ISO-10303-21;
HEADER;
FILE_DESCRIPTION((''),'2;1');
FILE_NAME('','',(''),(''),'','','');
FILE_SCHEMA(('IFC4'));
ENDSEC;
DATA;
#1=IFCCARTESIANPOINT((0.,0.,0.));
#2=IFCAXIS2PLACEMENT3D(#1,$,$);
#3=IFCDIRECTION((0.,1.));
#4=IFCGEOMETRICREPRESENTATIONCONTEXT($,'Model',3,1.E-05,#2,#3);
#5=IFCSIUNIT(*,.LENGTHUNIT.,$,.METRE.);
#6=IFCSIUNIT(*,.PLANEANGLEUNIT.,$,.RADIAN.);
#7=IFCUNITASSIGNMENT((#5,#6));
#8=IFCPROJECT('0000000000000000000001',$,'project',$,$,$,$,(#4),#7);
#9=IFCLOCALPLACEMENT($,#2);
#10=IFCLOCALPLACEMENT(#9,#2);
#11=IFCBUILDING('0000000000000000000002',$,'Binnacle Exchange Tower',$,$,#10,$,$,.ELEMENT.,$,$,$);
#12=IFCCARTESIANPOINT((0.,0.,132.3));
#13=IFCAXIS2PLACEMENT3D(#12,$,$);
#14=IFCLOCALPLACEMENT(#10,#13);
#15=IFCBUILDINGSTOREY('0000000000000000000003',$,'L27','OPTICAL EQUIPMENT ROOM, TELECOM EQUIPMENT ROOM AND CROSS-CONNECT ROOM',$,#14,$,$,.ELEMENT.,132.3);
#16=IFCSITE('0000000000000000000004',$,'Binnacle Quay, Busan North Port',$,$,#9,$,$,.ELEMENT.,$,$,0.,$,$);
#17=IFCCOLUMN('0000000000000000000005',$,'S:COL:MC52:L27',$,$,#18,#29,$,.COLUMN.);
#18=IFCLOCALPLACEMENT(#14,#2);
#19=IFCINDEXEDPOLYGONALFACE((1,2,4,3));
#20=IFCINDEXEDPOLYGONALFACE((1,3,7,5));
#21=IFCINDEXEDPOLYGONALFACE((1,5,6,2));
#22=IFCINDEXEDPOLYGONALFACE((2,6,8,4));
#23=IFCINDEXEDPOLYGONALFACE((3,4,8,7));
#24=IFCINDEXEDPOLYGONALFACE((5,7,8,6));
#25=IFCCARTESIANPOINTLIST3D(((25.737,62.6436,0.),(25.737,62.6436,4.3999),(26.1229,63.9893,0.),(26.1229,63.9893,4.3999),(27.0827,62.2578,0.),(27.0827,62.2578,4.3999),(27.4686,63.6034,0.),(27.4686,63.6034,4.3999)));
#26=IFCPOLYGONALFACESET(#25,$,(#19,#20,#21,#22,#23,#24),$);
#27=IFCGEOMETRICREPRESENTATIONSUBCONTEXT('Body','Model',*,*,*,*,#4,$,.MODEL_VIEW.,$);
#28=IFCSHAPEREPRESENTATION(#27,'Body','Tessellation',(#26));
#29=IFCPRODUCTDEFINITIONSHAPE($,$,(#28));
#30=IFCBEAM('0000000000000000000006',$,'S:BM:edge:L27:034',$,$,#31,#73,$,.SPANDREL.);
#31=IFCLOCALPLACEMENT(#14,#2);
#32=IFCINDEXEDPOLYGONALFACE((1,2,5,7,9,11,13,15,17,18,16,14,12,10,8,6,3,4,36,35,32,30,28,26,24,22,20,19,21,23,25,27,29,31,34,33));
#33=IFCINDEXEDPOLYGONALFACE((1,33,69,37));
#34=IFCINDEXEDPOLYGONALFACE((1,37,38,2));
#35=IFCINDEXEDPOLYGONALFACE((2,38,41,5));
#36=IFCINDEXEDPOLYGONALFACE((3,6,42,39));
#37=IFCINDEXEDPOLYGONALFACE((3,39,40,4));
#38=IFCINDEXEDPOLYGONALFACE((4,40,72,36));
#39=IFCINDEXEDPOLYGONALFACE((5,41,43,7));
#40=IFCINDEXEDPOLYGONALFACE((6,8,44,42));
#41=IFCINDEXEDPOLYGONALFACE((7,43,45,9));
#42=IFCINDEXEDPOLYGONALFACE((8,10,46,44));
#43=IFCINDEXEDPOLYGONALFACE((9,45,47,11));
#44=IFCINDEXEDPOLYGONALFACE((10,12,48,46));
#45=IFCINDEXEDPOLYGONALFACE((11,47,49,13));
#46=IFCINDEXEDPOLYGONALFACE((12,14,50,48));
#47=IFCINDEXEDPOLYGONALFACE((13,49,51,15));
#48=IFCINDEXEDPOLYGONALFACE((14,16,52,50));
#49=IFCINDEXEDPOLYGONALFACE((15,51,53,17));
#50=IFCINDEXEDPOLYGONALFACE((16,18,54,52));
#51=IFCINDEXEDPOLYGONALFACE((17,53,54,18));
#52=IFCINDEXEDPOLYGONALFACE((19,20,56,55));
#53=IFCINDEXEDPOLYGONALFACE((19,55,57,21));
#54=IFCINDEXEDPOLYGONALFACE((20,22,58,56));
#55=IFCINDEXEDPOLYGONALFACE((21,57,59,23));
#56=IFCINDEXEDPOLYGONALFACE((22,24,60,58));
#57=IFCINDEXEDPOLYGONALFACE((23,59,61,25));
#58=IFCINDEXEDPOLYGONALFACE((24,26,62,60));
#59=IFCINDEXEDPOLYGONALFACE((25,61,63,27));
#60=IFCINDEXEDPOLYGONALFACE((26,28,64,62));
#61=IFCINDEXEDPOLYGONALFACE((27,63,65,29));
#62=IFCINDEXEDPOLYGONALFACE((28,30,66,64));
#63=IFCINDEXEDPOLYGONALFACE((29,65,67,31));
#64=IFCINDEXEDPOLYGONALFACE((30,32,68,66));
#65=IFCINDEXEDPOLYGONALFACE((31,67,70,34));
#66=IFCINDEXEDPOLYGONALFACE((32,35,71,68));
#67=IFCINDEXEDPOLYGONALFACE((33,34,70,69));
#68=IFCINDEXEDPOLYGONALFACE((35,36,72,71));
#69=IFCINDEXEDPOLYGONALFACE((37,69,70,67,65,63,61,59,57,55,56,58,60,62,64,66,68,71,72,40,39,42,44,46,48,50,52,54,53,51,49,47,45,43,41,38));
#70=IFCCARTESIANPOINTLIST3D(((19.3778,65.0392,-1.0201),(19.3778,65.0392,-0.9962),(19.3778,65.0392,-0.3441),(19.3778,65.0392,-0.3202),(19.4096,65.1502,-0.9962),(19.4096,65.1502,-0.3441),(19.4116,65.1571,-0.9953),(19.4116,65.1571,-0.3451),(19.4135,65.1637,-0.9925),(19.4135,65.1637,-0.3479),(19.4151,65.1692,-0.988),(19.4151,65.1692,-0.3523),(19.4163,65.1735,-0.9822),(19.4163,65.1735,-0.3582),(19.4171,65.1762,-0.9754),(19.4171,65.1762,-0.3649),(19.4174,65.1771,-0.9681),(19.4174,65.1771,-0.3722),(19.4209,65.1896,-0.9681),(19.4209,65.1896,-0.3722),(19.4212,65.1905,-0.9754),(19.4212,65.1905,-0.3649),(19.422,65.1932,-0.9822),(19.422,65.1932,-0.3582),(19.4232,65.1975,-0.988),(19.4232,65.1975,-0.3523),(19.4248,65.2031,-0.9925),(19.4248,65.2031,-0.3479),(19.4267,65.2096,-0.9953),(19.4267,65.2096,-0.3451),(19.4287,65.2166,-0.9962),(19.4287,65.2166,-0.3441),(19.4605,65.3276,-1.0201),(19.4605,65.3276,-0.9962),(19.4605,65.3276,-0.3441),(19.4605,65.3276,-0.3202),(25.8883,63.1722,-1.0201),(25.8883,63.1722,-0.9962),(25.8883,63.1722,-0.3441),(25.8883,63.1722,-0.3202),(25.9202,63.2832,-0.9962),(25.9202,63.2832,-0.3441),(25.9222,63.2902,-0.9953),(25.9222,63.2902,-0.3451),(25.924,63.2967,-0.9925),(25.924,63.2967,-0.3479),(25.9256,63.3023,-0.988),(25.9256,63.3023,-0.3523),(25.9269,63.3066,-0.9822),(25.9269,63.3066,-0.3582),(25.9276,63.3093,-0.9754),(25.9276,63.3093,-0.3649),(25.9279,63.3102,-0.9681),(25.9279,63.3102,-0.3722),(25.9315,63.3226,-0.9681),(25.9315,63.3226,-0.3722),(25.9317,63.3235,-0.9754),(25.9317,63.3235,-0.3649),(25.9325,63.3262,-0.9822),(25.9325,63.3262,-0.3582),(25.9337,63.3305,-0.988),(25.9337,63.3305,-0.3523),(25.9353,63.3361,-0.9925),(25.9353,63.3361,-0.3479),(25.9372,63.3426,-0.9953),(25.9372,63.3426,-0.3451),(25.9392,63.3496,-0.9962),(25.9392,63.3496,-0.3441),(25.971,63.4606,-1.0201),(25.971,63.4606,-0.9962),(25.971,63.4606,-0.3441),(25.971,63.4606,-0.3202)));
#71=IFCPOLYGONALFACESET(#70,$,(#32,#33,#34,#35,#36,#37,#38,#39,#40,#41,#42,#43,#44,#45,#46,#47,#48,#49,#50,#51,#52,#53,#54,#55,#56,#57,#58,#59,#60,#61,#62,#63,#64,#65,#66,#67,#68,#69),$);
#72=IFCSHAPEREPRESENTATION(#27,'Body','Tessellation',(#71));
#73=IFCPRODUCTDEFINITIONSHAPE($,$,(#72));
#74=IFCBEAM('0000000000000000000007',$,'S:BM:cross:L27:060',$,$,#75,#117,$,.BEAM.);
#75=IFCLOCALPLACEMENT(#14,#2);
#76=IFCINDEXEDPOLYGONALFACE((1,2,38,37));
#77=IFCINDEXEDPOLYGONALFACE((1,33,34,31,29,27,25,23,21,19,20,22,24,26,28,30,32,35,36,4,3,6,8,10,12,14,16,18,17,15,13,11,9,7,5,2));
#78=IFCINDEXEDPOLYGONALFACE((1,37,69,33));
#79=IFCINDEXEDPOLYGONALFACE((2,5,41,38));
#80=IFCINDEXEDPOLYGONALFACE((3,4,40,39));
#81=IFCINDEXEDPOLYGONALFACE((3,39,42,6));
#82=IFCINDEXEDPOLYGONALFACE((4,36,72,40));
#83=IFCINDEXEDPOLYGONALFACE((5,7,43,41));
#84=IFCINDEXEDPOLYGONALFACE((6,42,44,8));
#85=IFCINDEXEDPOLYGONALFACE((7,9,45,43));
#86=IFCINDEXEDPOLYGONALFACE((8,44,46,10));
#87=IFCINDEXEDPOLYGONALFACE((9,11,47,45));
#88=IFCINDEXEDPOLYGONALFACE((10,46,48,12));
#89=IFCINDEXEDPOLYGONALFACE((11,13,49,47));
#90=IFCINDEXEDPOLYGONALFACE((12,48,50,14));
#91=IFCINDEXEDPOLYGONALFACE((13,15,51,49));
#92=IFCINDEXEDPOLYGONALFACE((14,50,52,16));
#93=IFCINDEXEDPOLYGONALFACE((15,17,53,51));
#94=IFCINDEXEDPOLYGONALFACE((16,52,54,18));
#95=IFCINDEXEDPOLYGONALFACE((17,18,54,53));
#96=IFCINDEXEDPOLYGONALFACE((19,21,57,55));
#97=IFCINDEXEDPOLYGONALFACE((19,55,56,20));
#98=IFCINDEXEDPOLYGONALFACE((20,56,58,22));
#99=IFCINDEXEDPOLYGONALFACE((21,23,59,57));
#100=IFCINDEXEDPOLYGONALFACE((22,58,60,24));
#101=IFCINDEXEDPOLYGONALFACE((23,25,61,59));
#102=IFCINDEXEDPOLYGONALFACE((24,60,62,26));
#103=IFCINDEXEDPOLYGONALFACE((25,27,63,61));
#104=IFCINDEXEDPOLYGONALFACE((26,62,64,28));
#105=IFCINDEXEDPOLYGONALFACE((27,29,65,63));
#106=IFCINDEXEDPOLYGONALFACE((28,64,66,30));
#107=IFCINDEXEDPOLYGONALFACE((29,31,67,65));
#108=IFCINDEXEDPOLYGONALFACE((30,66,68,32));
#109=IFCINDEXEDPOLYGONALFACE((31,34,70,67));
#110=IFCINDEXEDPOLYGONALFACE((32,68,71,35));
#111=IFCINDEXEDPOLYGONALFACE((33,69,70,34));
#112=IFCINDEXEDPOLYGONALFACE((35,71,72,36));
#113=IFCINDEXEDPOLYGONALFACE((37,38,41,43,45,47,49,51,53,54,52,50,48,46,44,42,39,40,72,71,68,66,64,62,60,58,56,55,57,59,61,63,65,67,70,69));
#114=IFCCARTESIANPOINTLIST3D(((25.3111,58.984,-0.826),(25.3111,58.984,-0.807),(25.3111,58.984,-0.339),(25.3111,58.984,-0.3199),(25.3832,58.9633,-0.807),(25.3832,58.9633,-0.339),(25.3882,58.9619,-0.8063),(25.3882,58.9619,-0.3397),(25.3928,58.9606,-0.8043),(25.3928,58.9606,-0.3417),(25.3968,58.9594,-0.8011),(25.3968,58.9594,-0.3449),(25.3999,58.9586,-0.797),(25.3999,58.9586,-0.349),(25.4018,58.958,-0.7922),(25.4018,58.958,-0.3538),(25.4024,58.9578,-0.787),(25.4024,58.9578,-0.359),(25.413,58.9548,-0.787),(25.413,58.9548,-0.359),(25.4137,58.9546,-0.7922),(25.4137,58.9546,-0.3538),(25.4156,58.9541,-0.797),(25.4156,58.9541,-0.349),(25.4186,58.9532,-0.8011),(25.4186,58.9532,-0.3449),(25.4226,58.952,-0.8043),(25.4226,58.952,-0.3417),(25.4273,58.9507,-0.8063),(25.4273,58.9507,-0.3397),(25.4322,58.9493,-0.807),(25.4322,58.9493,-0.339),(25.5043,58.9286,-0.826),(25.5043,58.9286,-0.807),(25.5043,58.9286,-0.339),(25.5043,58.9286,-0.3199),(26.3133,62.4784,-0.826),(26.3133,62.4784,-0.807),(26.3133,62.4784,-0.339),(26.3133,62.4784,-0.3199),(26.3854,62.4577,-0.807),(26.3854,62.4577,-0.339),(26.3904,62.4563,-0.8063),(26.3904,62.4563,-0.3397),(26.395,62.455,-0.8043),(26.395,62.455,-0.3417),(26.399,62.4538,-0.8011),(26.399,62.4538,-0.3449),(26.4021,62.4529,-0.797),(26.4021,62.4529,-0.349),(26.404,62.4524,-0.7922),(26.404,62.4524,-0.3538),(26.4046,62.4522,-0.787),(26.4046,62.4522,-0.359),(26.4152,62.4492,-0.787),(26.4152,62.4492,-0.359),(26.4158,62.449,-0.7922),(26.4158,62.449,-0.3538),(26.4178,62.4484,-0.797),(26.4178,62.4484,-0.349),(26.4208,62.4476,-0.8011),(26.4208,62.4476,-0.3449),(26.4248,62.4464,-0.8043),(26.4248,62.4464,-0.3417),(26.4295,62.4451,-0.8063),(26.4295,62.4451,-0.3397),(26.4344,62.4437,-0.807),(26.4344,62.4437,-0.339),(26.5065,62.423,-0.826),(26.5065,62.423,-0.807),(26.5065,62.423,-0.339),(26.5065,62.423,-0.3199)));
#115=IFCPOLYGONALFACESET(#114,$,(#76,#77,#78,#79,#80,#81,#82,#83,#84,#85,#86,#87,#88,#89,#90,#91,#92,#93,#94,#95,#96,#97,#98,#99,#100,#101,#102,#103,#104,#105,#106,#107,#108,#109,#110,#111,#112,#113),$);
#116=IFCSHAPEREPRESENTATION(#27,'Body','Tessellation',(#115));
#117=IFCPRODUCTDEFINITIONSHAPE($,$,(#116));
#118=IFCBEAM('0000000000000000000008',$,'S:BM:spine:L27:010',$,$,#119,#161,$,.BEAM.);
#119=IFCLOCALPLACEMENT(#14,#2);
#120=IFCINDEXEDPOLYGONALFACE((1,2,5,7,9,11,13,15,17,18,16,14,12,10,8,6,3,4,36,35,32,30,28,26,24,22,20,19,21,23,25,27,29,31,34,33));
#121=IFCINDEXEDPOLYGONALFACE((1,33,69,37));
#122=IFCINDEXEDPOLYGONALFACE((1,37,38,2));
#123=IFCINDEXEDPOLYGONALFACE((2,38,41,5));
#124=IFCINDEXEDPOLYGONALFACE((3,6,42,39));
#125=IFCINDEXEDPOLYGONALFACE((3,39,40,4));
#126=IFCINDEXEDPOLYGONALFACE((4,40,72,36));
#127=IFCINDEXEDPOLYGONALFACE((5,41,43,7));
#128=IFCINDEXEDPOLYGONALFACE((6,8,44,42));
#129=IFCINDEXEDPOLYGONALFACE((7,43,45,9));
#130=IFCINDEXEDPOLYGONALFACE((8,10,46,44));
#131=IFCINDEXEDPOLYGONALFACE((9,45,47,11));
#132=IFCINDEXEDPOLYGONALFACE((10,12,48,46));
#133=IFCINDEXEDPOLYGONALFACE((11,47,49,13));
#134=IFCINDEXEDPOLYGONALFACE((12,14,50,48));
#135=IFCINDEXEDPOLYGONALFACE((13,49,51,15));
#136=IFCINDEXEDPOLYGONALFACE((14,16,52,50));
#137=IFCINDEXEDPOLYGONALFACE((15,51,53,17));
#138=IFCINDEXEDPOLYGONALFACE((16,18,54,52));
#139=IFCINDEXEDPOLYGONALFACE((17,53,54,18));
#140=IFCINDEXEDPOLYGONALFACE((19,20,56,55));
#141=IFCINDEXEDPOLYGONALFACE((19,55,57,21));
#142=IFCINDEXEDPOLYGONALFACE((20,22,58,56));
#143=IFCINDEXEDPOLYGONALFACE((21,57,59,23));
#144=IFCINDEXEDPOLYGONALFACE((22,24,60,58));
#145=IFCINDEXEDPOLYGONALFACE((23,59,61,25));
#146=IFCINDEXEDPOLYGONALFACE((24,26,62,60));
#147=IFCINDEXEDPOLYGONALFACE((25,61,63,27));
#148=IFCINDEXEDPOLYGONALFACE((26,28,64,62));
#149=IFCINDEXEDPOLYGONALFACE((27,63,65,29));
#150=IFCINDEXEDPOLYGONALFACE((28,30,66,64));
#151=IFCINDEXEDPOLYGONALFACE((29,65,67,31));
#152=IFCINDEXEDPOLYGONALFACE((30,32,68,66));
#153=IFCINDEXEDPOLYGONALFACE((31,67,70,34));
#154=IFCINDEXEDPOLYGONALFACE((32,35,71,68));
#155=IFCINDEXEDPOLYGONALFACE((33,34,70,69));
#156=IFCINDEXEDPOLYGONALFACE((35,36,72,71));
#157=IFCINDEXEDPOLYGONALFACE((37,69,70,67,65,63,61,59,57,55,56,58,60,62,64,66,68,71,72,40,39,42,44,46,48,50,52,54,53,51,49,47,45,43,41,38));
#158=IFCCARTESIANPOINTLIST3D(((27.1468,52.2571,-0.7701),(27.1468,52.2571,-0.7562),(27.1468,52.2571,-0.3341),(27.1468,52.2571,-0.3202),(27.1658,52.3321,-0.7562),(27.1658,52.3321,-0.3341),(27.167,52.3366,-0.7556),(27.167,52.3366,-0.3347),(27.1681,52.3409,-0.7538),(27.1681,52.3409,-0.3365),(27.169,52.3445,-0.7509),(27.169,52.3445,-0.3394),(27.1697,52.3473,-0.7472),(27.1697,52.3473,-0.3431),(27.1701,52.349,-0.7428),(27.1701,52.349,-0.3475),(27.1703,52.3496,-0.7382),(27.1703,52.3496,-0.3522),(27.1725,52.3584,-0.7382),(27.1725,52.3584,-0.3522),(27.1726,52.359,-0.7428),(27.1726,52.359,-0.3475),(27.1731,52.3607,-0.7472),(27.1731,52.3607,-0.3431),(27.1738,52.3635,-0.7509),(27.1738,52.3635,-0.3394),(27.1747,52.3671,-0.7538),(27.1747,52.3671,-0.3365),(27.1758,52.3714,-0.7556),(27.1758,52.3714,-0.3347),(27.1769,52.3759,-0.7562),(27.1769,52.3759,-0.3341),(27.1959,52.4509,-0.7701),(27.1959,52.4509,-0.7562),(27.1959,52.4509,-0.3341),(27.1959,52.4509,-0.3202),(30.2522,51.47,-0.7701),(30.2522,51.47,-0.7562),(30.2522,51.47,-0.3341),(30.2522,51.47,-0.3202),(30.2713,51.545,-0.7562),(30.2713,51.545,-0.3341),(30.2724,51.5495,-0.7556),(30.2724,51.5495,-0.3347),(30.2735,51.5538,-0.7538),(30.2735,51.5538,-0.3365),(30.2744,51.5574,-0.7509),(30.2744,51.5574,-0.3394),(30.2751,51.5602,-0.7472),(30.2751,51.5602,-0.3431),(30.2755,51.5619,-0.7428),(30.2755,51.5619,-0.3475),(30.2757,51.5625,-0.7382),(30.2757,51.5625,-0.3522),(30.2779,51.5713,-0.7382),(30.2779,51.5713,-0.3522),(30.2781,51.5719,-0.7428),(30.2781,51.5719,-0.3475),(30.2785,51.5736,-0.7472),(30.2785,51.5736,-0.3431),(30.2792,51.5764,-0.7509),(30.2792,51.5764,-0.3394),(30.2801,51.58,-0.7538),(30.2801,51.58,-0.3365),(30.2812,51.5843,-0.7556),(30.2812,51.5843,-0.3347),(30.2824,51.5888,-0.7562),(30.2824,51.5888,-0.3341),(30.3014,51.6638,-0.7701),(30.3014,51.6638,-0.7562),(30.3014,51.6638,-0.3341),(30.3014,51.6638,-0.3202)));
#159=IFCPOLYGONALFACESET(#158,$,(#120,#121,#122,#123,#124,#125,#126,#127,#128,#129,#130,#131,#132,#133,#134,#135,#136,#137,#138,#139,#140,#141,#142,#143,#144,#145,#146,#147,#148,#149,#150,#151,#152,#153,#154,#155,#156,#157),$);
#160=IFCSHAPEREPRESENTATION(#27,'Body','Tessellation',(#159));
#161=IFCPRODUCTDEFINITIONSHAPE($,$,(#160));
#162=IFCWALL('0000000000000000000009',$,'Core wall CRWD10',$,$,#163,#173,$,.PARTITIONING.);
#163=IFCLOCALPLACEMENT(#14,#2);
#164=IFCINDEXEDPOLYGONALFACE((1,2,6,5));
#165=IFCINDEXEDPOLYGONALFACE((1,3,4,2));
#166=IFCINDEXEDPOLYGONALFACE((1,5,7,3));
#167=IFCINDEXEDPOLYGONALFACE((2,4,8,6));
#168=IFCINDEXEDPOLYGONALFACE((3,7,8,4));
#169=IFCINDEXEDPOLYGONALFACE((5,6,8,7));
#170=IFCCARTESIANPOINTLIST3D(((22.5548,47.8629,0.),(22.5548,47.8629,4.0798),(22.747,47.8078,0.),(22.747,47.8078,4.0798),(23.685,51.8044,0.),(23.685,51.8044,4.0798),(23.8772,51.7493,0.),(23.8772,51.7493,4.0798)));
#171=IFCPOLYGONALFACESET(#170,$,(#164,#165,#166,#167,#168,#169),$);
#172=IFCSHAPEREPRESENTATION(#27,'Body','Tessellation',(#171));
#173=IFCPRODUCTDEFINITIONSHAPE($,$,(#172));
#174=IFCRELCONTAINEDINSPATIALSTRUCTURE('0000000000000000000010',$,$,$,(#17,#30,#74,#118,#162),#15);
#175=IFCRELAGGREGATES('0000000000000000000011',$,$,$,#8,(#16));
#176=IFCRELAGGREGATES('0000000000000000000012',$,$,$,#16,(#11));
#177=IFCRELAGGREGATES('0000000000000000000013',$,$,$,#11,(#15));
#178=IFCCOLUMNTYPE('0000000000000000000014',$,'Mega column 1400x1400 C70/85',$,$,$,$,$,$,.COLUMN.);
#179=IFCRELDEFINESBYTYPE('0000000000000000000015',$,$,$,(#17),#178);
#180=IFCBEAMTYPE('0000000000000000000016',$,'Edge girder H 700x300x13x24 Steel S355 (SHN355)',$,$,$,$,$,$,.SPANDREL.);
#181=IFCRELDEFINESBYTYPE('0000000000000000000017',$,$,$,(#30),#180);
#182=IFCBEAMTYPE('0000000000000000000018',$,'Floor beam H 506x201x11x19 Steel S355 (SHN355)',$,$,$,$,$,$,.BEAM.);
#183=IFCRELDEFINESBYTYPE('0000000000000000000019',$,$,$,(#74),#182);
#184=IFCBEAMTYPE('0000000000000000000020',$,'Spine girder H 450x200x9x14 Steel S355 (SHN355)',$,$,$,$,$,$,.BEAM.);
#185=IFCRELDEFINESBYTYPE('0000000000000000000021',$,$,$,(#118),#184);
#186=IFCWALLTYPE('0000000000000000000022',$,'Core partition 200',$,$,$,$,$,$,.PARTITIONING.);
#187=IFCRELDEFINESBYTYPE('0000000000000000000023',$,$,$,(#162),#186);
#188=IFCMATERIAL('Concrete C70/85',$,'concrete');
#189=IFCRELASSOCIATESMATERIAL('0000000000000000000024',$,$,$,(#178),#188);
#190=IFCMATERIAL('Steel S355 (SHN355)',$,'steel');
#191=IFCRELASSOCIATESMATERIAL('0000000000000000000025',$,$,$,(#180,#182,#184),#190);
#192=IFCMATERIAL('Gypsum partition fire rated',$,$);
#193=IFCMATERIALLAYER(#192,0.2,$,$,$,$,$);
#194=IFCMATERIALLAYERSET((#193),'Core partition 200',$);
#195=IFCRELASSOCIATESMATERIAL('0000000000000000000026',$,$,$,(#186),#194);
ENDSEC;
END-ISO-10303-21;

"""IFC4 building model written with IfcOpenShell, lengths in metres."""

from ifc_helpers import new_model, si_unit, direction, frame, frame_2d, origin, origin_2d, place, context, subcontext, project, spatial, rectangle, i_section, extrude, material, layer, layer_set, material_profile, profile_set, type_object, element, save


model = new_model("IFC4")

# Units and contexts
model_context = context("Model", 3, precision=1e-05, world=origin(), true_north=direction((0.0, 1.0)))
body_context = subcontext(model_context, "Body", "Model", "MODEL_VIEW")
ifc_project = project(units=[si_unit("LENGTHUNIT", "METRE"), si_unit("PLANEANGLEUNIT", "RADIAN")], contexts=[model_context])

# Site, building, storey
site_placement = place(None, origin())
site = spatial("IfcSite", under=ifc_project, at=site_placement, Name="Binnacle Quay, Busan North Port", CompositionType="ELEMENT", RefElevation=0.0)
building_placement = place(site_placement, origin())
building = spatial("IfcBuilding", under=site, at=building_placement, Name="Binnacle Exchange Tower", CompositionType="ELEMENT")
storey_placement = place(building_placement, frame((0.0, 0.0, 132.3)))
storey = spatial("IfcBuildingStorey", under=building, at=storey_placement, Name="L27", Description="OPTICAL EQUIPMENT ROOM, TELECOM EQUIPMENT ROOM AND CROSS-CONNECT ROOM", CompositionType="ELEMENT", Elevation=132.3)

# Column
ifc_material_1 = material(Name="Concrete C70/85", Category="concrete")
ifc_material_profile_1 = material_profile(ifc_material_1, rectangle(XDim=1.3999, YDim=1.3999, at=origin_2d()), Name="Mega column 1400x1400 C70/85")
ifc_profile_set_1 = profile_set([ifc_material_profile_1], Name="Concrete C70/85")
column_type = type_object("IfcColumnType", Name="Mega column 1400x1400 C70/85", PredefinedType="COLUMN", material=ifc_profile_set_1)
column_placement = place(storey_placement, frame((26.6028, 63.1235, 0.0), z_axis=(0.0, 0.0, 1.0), x_axis=(-0.961262, 0.275637, 0.0)))
element("IfcColumn", 1, at=column_placement, inside=storey, type_object=column_type, Name="S:COL:MC52:L27", PredefinedType="COLUMN", context=body_context, shape_type="SweptSolid", body=[
    extrude(rectangle(XDim=1.3999, YDim=1.3999, at=origin_2d()), origin(), (0.0, 0.0, 1.0), 4.3999),
])

# Beams
ifc_material_2 = material(Name="Steel S355 (SHN355)", Category="steel")
ifc_material_profile_2 = material_profile(ifc_material_2, i_section(OverallWidth=0.3, OverallDepth=0.7, WebThickness=0.0129, FlangeThickness=0.0239, FilletRadius=0.0281, at=origin_2d()), Name="H 700x300x13x24")
ifc_profile_set_2 = profile_set([ifc_material_profile_2], Name="Steel S355 (SHN355)")
beam_type_1 = type_object("IfcBeamType", Name="Edge girder H 700x300x13x24 Steel S355 (SHN355)", PredefinedType="SPANDREL", material=ifc_profile_set_2)
beam_1_placement = place(storey_placement, frame((25.9297, 63.3164, -0.6702), z_axis=(-0.961258, 0.275649, 0.0), x_axis=(-0.275649, -0.961258, 0.0)))
element("IfcBeam", 2, at=beam_1_placement, inside=storey, type_object=beam_type_1, Name="S:BM:edge:L27:034", PredefinedType="SPANDREL", context=body_context, shape_type="SweptSolid", body=[
    extrude(i_section(OverallWidth=0.3, OverallDepth=0.7, WebThickness=0.0129, FlangeThickness=0.0239, FilletRadius=0.0281, at=origin_2d()), origin(), (0.0, 0.0, 1.0), 6.7729),
])
ifc_material_profile_3 = material_profile(ifc_material_2, i_section(OverallWidth=0.2009, OverallDepth=0.5061, WebThickness=0.011, FlangeThickness=0.019, FilletRadius=0.02, at=origin_2d()), Name="H 506x201x11x19")
ifc_profile_set_3 = profile_set([ifc_material_profile_3], Name="Steel S355 (SHN355)")
beam_type_2 = type_object("IfcBeamType", Name="Floor beam H 506x201x11x19 Steel S355 (SHN355)", PredefinedType="BEAM", material=ifc_profile_set_3)
beam_2_placement = place(storey_placement, frame((26.4099, 62.4507, -0.573), z_axis=(-0.275688, -0.961247, 0.0), x_axis=(0.961247, -0.275688, 0.0)))
element("IfcBeam", 3, at=beam_2_placement, inside=storey, type_object=beam_type_2, Name="S:BM:cross:L27:060", PredefinedType="BEAM", context=body_context, shape_type="SweptSolid", body=[
    extrude(i_section(OverallWidth=0.2009, OverallDepth=0.5061, WebThickness=0.011, FlangeThickness=0.019, FilletRadius=0.02, at=origin_2d()), origin(), (0.0, 0.0, 1.0), 3.6353),
])
ifc_material_profile_4 = material_profile(ifc_material_2, i_section(OverallWidth=0.2, OverallDepth=0.45, WebThickness=0.009, FlangeThickness=0.0139, FilletRadius=0.0181, at=origin_2d()), Name="H 450x200x9x14")
ifc_profile_set_4 = profile_set([ifc_material_profile_4], Name="Steel S355 (SHN355)")
beam_type_3 = type_object("IfcBeamType", Name="Spine girder H 450x200x9x14 Steel S355 (SHN355)", PredefinedType="BEAM", material=ifc_profile_set_4)
beam_3_placement = place(storey_placement, frame((27.1714, 52.354, -0.5452), z_axis=(0.969348, -0.24569, 0.0), x_axis=(0.24569, 0.969348, 0.0)))
element("IfcBeam", 4, at=beam_3_placement, inside=storey, type_object=beam_type_3, Name="S:BM:spine:L27:010", PredefinedType="BEAM", context=body_context, shape_type="SweptSolid", body=[
    extrude(i_section(OverallWidth=0.2, OverallDepth=0.45, WebThickness=0.009, FlangeThickness=0.0139, FilletRadius=0.0181, at=origin_2d()), origin(), (0.0, 0.0, 1.0), 3.2036),
])

# Wall
ifc_material_3 = material(Name="Gypsum partition fire rated")
ifc_layer_1 = layer(ifc_material_3, 0.2)
ifc_layer_set_1 = layer_set([ifc_layer_1], Name="Core partition 200")
wall_type_1 = type_object("IfcWallType", Name="Core partition 200", PredefinedType="PARTITIONING", material=ifc_layer_set_1)
wall_1_placement = place(storey_placement, frame((22.6509, 47.8352, 0.0), z_axis=(0.0, 0.0, 1.0), x_axis=(0.275625, 0.961265, 0.0)))
element("IfcWall", 5, at=wall_1_placement, inside=storey, type_object=wall_type_1, Name="Core wall CRWD10", PredefinedType="PARTITIONING", context=body_context, shape_type="SweptSolid", body=[
    extrude(rectangle(XDim=4.1003, YDim=0.2, at=frame_2d((2.0503, 0.0))), origin(), (0.0, 0.0, 1.0), 4.0798),
])

save(model, "model.ifc")
